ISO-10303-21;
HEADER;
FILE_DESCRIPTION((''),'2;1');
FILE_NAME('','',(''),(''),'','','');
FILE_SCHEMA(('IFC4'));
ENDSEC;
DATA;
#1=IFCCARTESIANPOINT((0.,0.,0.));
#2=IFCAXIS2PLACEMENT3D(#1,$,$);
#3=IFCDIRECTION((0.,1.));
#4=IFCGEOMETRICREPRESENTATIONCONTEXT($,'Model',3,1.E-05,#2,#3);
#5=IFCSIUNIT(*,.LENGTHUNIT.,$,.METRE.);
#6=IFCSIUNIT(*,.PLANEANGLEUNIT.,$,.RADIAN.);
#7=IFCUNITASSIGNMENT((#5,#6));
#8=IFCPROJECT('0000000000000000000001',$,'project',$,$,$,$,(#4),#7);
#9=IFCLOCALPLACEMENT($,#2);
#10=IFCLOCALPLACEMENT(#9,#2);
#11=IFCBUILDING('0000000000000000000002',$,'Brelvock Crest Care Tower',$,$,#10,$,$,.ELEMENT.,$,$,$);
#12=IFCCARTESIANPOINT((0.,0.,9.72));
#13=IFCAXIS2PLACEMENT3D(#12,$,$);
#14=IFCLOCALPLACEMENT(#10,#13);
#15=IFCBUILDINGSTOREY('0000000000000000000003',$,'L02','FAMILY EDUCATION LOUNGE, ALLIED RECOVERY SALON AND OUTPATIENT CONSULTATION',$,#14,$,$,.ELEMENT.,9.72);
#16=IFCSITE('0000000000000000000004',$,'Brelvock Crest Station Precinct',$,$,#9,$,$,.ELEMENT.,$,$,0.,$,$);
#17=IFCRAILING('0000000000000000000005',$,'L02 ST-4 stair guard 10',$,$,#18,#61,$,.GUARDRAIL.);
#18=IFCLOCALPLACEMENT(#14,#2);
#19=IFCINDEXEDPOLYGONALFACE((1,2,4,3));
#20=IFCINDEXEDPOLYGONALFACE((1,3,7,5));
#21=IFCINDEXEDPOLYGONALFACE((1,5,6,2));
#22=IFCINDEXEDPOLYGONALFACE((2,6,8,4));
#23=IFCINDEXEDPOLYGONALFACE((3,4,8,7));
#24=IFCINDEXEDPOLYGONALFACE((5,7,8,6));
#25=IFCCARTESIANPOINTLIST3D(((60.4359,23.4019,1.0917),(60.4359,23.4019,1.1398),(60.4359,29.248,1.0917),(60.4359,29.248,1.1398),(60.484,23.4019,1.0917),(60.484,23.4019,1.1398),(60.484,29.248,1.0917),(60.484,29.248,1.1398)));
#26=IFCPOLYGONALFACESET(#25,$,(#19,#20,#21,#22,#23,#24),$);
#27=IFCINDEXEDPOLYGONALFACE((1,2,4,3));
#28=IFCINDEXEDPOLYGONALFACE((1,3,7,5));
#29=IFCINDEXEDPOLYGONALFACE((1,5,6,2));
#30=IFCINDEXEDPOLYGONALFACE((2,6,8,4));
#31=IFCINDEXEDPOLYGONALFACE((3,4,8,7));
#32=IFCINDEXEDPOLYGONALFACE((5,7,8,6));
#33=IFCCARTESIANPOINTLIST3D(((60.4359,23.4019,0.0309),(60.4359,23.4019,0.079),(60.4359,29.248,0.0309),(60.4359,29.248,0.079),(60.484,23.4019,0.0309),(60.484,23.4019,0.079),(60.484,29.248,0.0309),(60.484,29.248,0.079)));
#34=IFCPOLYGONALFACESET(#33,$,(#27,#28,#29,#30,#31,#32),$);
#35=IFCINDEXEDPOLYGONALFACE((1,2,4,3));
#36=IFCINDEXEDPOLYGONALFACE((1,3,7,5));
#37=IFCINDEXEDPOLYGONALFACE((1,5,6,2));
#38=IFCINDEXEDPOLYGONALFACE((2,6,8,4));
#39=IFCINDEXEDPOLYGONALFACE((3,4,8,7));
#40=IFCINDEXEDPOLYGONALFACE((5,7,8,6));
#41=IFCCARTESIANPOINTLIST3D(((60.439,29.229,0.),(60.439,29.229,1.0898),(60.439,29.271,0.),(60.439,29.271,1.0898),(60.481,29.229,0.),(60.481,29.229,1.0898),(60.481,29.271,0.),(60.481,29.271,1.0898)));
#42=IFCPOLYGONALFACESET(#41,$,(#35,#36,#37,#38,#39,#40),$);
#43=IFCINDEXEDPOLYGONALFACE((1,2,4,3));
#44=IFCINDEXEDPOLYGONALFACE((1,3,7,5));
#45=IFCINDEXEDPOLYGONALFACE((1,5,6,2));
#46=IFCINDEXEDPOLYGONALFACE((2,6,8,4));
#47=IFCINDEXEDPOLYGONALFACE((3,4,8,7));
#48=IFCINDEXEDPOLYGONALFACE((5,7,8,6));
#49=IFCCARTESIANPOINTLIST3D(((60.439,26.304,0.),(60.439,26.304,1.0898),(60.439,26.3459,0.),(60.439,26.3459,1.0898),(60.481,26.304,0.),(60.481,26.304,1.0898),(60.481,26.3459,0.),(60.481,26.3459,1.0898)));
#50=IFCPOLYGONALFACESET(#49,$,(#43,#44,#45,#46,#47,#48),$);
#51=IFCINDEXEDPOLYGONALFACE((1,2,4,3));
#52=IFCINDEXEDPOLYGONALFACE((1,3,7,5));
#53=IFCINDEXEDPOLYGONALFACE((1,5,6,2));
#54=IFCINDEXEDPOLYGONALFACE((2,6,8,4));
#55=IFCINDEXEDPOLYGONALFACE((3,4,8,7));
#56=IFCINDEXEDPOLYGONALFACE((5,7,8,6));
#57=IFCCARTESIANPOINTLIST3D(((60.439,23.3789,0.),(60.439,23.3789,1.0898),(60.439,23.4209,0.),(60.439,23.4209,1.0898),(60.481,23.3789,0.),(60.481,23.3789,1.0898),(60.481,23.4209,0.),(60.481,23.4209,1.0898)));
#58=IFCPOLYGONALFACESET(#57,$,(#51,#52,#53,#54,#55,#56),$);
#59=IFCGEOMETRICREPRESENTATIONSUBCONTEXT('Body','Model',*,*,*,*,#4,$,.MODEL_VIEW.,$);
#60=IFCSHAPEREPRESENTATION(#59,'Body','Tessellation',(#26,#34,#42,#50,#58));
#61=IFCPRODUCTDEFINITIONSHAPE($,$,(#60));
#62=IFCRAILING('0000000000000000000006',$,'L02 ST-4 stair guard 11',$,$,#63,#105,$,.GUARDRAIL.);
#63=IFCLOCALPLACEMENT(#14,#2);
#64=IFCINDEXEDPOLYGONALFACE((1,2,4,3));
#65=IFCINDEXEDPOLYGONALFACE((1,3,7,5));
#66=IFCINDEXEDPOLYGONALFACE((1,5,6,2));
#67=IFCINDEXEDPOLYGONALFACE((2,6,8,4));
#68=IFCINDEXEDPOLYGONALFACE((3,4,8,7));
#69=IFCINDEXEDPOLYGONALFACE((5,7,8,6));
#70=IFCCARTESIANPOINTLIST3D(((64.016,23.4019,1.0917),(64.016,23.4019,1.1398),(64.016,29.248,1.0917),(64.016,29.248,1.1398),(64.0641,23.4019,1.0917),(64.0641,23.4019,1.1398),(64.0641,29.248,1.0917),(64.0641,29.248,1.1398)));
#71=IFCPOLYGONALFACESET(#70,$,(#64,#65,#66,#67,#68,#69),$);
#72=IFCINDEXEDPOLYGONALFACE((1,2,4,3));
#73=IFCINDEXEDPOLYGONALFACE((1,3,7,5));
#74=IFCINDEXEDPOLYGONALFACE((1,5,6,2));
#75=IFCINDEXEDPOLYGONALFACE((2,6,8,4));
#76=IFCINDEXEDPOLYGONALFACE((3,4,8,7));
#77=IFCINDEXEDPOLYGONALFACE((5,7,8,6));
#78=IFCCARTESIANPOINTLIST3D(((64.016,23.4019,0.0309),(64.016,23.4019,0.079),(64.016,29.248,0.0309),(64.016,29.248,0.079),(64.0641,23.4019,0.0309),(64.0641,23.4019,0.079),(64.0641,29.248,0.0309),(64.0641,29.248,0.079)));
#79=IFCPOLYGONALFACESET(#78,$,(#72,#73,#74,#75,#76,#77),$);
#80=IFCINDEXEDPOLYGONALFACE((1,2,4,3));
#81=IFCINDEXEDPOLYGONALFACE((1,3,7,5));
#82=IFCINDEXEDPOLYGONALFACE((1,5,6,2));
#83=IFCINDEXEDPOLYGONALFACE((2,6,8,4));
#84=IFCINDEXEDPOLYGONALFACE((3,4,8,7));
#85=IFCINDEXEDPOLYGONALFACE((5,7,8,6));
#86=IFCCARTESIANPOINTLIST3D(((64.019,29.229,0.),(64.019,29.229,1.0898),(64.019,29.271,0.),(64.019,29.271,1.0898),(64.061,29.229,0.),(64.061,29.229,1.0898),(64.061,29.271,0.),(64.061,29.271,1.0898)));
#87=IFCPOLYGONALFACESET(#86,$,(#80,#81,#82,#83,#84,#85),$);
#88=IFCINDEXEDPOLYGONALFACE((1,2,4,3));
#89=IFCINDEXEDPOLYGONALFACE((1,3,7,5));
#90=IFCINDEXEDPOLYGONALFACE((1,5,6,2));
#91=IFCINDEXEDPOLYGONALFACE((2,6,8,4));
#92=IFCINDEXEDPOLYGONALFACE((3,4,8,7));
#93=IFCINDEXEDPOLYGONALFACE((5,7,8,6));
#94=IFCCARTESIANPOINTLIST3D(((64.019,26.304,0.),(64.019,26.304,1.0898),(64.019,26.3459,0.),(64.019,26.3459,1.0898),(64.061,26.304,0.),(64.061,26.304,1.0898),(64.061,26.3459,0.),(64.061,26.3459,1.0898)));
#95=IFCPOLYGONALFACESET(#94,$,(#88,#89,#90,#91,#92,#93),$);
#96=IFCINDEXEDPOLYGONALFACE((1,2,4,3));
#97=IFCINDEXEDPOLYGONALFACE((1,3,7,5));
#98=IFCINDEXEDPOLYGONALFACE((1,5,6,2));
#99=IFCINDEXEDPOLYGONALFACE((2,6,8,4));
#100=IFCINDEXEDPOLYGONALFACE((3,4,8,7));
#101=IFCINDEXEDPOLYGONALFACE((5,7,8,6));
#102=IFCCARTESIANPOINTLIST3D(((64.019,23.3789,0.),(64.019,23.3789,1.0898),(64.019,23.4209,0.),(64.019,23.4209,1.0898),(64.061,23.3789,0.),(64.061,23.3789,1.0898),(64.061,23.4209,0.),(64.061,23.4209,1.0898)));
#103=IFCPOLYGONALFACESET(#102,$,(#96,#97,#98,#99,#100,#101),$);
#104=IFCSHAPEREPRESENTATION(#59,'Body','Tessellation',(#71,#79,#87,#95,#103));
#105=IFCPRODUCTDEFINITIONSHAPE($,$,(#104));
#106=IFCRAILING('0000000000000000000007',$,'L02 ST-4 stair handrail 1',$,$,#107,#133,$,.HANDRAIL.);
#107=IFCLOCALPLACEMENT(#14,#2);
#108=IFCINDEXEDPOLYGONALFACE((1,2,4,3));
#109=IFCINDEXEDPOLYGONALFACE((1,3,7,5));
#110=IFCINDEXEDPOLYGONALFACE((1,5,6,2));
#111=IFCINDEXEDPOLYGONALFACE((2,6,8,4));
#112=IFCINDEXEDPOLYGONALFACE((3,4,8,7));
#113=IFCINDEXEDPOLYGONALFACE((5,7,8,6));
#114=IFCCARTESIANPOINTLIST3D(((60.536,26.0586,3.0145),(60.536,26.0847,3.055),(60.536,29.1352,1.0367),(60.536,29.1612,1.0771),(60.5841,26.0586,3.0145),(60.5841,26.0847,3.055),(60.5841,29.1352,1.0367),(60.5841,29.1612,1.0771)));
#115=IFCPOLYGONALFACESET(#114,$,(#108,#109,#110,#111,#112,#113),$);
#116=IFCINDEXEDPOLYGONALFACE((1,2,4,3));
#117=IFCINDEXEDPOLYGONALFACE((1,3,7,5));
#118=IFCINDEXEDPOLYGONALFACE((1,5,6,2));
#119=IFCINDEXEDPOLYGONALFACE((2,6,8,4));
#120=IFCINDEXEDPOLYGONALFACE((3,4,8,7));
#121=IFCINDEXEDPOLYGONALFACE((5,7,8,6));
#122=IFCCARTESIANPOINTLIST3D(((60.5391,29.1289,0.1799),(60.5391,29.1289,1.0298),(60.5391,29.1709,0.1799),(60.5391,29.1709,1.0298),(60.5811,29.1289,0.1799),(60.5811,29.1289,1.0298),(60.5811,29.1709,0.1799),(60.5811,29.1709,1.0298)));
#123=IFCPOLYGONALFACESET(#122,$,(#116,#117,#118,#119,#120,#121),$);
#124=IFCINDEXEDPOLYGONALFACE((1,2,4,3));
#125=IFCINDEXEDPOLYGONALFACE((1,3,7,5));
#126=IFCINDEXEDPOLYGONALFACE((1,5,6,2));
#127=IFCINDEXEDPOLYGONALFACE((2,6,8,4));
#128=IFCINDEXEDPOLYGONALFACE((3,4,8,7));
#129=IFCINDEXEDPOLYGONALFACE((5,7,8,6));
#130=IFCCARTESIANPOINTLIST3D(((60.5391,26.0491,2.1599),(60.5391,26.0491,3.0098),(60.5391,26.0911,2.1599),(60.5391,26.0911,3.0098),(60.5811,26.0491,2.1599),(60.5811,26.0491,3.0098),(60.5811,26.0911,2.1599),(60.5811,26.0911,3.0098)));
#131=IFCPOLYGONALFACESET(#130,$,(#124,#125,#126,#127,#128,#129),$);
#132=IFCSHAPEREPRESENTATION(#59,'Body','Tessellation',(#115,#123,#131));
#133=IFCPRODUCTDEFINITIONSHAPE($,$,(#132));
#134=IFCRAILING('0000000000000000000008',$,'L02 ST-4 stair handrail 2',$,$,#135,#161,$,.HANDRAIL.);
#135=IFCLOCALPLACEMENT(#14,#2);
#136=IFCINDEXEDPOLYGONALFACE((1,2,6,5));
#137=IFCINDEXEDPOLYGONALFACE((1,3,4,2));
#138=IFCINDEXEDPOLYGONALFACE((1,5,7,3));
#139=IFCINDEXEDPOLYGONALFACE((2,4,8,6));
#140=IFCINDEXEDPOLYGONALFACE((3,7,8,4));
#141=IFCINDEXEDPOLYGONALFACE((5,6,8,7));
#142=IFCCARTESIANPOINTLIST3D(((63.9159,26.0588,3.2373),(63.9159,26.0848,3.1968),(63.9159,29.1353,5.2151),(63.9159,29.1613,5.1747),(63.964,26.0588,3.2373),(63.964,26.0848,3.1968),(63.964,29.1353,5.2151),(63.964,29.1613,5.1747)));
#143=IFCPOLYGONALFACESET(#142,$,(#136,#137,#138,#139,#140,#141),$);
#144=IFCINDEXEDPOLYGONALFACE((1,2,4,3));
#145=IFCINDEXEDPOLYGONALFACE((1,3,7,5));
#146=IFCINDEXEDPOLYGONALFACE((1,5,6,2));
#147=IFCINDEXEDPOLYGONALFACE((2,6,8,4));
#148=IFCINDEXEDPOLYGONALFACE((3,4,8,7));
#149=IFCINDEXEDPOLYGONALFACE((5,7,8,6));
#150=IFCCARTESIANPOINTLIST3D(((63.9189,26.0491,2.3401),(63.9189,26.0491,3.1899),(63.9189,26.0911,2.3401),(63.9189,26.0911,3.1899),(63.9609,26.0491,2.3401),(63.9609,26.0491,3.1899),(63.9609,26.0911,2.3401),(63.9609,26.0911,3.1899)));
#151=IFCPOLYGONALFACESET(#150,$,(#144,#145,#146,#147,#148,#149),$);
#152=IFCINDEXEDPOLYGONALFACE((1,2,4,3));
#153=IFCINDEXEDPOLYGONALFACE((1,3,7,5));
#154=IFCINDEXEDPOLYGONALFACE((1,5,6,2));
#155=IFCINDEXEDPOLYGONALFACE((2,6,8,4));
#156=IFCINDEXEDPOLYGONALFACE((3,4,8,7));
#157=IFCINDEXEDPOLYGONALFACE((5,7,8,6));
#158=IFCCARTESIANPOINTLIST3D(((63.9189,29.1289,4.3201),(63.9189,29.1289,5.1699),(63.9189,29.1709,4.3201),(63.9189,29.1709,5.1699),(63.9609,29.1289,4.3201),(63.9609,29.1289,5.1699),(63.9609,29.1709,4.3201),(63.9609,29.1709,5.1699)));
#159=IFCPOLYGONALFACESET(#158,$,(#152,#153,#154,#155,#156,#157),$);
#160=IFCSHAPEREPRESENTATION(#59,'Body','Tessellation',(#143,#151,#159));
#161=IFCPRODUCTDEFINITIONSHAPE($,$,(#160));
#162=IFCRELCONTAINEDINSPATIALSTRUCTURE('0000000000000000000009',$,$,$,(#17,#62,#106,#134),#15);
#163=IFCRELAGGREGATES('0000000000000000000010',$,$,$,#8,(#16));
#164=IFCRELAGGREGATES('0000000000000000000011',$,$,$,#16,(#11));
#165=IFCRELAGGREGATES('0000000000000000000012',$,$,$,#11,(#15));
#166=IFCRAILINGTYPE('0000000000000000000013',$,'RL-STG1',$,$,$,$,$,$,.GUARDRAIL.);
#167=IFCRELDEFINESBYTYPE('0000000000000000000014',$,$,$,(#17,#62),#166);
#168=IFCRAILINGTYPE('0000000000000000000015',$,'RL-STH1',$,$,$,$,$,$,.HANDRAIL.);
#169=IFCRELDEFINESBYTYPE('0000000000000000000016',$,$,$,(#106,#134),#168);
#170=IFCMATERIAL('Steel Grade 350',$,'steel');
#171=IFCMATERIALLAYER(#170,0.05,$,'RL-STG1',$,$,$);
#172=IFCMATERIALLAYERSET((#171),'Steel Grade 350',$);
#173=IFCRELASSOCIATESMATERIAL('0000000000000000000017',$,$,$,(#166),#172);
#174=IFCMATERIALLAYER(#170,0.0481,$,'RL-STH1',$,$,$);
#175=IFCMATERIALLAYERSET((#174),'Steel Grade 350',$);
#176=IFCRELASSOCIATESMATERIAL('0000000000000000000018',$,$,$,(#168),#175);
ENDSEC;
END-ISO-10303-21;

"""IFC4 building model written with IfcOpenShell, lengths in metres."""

from ifc_helpers import new_model, si_unit, direction, frame, origin, origin_2d, place, context, subcontext, project, spatial, rectangle, extrude, material, layer, layer_set, type_object, element, save


model = new_model("IFC4")

# Units and contexts
model_context = context("Model", 3, precision=1e-05, world=origin(), true_north=direction((0.0, 1.0)))
body_context = subcontext(model_context, "Body", "Model", "MODEL_VIEW")
ifc_project = project(units=[si_unit("LENGTHUNIT", "METRE"), si_unit("PLANEANGLEUNIT", "RADIAN")], contexts=[model_context])

# Site, building, storey
site_placement = place(None, origin())
site = spatial("IfcSite", under=ifc_project, at=site_placement, Name="Brelvock Crest Station Precinct", CompositionType="ELEMENT", RefElevation=0.0)
building_placement = place(site_placement, origin())
building = spatial("IfcBuilding", under=site, at=building_placement, Name="Brelvock Crest Care Tower", CompositionType="ELEMENT")
storey_placement = place(building_placement, frame((0.0, 0.0, 9.72)))
storey = spatial("IfcBuildingStorey", under=building, at=storey_placement, Name="L02", Description="FAMILY EDUCATION LOUNGE, ALLIED RECOVERY SALON AND OUTPATIENT CONSULTATION", CompositionType="ELEMENT", Elevation=9.72)

# Shared definitions
ifc_material_1 = material(Name="Steel Grade 350", Category="steel")

# Railings
ifc_layer_1 = layer(ifc_material_1, 0.05, Name="RL-STG1")
ifc_layer_set_1 = layer_set([ifc_layer_1], Name="Steel Grade 350")
railing_type_1 = type_object("IfcRailingType", Name="RL-STG1", PredefinedType="GUARDRAIL", material=ifc_layer_set_1)
for number, where, name in (
    (1, (60.46, 29.25, 0.0), "L02 ST-4 stair guard 10"),
    (2, (64.04, 29.25, 0.0), "L02 ST-4 stair guard 11"),
):
    element("IfcRailing", number, at=place(storey_placement, frame(where)), inside=storey, type_object=railing_type_1, Name=name, PredefinedType="GUARDRAIL", context=body_context, shape_type="SweptSolid", body=[
        extrude(rectangle(XDim=0.0481, YDim=0.0481, at=origin_2d()), frame((0.0, -0.002, 1.1157), z_axis=(0.0, -1.0, 0.0), x_axis=(1.0, 0.0, 0.0)), (0.0, 0.0, 1.0), 5.8462),
        extrude(rectangle(XDim=0.0481, YDim=0.0481, at=origin_2d()), frame((0.0, -0.002, 0.0549), z_axis=(0.0, -1.0, 0.0), x_axis=(1.0, 0.0, 0.0)), (0.0, 0.0, 1.0), 5.8462),
        extrude(rectangle(XDim=0.042, YDim=0.042, at=origin_2d()), origin(), (0.0, 0.0, 1.0), 1.0898),
        extrude(rectangle(XDim=0.042, YDim=0.042, at=origin_2d()), frame((0.0, -2.925, 0.0)), (0.0, 0.0, 1.0), 1.0898),
        extrude(rectangle(XDim=0.042, YDim=0.042, at=origin_2d()), frame((0.0, -5.8501, 0.0)), (0.0, 0.0, 1.0), 1.0898),
    ])
ifc_layer_2 = layer(ifc_material_1, 0.0481, Name="RL-STH1")
ifc_layer_set_2 = layer_set([ifc_layer_2], Name="Steel Grade 350")
railing_type_2 = type_object("IfcRailingType", Name="RL-STH1", PredefinedType="HANDRAIL", material=ifc_layer_set_2)
railing_1_placement = place(storey_placement, frame((60.5601, 29.1499, 0.1799)))
element("IfcRailing", 3, at=railing_1_placement, inside=storey, type_object=railing_type_2, Name="L02 ST-4 stair handrail 1", PredefinedType="HANDRAIL", context=body_context, shape_type="SweptSolid", body=[
    extrude(rectangle(XDim=0.0481, YDim=0.0481, at=origin_2d()), frame((0.0, -0.0017, 0.877), z_axis=(0.0, -0.841168, 0.540774), x_axis=(1.0, 0.0, 0.0)), (0.0, 0.0, 1.0), 3.6575),
    extrude(rectangle(XDim=0.042, YDim=0.042, at=origin_2d()), origin(), (0.0, 0.0, 1.0), 0.8499),
    extrude(rectangle(XDim=0.042, YDim=0.042, at=origin_2d()), frame((0.0, -3.0798, 1.98)), (0.0, 0.0, 1.0), 0.8499),
])
railing_2_placement = place(storey_placement, frame((63.9399, 26.0701, 2.3401)))
element("IfcRailing", 4, at=railing_2_placement, inside=storey, type_object=railing_type_2, Name="L02 ST-4 stair handrail 2", PredefinedType="HANDRAIL", context=body_context, shape_type="SweptSolid", body=[
    extrude(rectangle(XDim=0.0481, YDim=0.0481, at=origin_2d()), frame((0.0, 0.0017, 0.877), z_axis=(0.0, 0.841168, 0.540774), x_axis=(-1.0, 0.0, 0.0)), (0.0, 0.0, 1.0), 3.6575),
    extrude(rectangle(XDim=0.042, YDim=0.042, at=origin_2d()), origin(), (0.0, 0.0, 1.0), 0.8499),
    extrude(rectangle(XDim=0.042, YDim=0.042, at=origin_2d()), frame((0.0, 3.0798, 1.98)), (0.0, 0.0, 1.0), 0.8499),
])

save(model, "model.ifc")
